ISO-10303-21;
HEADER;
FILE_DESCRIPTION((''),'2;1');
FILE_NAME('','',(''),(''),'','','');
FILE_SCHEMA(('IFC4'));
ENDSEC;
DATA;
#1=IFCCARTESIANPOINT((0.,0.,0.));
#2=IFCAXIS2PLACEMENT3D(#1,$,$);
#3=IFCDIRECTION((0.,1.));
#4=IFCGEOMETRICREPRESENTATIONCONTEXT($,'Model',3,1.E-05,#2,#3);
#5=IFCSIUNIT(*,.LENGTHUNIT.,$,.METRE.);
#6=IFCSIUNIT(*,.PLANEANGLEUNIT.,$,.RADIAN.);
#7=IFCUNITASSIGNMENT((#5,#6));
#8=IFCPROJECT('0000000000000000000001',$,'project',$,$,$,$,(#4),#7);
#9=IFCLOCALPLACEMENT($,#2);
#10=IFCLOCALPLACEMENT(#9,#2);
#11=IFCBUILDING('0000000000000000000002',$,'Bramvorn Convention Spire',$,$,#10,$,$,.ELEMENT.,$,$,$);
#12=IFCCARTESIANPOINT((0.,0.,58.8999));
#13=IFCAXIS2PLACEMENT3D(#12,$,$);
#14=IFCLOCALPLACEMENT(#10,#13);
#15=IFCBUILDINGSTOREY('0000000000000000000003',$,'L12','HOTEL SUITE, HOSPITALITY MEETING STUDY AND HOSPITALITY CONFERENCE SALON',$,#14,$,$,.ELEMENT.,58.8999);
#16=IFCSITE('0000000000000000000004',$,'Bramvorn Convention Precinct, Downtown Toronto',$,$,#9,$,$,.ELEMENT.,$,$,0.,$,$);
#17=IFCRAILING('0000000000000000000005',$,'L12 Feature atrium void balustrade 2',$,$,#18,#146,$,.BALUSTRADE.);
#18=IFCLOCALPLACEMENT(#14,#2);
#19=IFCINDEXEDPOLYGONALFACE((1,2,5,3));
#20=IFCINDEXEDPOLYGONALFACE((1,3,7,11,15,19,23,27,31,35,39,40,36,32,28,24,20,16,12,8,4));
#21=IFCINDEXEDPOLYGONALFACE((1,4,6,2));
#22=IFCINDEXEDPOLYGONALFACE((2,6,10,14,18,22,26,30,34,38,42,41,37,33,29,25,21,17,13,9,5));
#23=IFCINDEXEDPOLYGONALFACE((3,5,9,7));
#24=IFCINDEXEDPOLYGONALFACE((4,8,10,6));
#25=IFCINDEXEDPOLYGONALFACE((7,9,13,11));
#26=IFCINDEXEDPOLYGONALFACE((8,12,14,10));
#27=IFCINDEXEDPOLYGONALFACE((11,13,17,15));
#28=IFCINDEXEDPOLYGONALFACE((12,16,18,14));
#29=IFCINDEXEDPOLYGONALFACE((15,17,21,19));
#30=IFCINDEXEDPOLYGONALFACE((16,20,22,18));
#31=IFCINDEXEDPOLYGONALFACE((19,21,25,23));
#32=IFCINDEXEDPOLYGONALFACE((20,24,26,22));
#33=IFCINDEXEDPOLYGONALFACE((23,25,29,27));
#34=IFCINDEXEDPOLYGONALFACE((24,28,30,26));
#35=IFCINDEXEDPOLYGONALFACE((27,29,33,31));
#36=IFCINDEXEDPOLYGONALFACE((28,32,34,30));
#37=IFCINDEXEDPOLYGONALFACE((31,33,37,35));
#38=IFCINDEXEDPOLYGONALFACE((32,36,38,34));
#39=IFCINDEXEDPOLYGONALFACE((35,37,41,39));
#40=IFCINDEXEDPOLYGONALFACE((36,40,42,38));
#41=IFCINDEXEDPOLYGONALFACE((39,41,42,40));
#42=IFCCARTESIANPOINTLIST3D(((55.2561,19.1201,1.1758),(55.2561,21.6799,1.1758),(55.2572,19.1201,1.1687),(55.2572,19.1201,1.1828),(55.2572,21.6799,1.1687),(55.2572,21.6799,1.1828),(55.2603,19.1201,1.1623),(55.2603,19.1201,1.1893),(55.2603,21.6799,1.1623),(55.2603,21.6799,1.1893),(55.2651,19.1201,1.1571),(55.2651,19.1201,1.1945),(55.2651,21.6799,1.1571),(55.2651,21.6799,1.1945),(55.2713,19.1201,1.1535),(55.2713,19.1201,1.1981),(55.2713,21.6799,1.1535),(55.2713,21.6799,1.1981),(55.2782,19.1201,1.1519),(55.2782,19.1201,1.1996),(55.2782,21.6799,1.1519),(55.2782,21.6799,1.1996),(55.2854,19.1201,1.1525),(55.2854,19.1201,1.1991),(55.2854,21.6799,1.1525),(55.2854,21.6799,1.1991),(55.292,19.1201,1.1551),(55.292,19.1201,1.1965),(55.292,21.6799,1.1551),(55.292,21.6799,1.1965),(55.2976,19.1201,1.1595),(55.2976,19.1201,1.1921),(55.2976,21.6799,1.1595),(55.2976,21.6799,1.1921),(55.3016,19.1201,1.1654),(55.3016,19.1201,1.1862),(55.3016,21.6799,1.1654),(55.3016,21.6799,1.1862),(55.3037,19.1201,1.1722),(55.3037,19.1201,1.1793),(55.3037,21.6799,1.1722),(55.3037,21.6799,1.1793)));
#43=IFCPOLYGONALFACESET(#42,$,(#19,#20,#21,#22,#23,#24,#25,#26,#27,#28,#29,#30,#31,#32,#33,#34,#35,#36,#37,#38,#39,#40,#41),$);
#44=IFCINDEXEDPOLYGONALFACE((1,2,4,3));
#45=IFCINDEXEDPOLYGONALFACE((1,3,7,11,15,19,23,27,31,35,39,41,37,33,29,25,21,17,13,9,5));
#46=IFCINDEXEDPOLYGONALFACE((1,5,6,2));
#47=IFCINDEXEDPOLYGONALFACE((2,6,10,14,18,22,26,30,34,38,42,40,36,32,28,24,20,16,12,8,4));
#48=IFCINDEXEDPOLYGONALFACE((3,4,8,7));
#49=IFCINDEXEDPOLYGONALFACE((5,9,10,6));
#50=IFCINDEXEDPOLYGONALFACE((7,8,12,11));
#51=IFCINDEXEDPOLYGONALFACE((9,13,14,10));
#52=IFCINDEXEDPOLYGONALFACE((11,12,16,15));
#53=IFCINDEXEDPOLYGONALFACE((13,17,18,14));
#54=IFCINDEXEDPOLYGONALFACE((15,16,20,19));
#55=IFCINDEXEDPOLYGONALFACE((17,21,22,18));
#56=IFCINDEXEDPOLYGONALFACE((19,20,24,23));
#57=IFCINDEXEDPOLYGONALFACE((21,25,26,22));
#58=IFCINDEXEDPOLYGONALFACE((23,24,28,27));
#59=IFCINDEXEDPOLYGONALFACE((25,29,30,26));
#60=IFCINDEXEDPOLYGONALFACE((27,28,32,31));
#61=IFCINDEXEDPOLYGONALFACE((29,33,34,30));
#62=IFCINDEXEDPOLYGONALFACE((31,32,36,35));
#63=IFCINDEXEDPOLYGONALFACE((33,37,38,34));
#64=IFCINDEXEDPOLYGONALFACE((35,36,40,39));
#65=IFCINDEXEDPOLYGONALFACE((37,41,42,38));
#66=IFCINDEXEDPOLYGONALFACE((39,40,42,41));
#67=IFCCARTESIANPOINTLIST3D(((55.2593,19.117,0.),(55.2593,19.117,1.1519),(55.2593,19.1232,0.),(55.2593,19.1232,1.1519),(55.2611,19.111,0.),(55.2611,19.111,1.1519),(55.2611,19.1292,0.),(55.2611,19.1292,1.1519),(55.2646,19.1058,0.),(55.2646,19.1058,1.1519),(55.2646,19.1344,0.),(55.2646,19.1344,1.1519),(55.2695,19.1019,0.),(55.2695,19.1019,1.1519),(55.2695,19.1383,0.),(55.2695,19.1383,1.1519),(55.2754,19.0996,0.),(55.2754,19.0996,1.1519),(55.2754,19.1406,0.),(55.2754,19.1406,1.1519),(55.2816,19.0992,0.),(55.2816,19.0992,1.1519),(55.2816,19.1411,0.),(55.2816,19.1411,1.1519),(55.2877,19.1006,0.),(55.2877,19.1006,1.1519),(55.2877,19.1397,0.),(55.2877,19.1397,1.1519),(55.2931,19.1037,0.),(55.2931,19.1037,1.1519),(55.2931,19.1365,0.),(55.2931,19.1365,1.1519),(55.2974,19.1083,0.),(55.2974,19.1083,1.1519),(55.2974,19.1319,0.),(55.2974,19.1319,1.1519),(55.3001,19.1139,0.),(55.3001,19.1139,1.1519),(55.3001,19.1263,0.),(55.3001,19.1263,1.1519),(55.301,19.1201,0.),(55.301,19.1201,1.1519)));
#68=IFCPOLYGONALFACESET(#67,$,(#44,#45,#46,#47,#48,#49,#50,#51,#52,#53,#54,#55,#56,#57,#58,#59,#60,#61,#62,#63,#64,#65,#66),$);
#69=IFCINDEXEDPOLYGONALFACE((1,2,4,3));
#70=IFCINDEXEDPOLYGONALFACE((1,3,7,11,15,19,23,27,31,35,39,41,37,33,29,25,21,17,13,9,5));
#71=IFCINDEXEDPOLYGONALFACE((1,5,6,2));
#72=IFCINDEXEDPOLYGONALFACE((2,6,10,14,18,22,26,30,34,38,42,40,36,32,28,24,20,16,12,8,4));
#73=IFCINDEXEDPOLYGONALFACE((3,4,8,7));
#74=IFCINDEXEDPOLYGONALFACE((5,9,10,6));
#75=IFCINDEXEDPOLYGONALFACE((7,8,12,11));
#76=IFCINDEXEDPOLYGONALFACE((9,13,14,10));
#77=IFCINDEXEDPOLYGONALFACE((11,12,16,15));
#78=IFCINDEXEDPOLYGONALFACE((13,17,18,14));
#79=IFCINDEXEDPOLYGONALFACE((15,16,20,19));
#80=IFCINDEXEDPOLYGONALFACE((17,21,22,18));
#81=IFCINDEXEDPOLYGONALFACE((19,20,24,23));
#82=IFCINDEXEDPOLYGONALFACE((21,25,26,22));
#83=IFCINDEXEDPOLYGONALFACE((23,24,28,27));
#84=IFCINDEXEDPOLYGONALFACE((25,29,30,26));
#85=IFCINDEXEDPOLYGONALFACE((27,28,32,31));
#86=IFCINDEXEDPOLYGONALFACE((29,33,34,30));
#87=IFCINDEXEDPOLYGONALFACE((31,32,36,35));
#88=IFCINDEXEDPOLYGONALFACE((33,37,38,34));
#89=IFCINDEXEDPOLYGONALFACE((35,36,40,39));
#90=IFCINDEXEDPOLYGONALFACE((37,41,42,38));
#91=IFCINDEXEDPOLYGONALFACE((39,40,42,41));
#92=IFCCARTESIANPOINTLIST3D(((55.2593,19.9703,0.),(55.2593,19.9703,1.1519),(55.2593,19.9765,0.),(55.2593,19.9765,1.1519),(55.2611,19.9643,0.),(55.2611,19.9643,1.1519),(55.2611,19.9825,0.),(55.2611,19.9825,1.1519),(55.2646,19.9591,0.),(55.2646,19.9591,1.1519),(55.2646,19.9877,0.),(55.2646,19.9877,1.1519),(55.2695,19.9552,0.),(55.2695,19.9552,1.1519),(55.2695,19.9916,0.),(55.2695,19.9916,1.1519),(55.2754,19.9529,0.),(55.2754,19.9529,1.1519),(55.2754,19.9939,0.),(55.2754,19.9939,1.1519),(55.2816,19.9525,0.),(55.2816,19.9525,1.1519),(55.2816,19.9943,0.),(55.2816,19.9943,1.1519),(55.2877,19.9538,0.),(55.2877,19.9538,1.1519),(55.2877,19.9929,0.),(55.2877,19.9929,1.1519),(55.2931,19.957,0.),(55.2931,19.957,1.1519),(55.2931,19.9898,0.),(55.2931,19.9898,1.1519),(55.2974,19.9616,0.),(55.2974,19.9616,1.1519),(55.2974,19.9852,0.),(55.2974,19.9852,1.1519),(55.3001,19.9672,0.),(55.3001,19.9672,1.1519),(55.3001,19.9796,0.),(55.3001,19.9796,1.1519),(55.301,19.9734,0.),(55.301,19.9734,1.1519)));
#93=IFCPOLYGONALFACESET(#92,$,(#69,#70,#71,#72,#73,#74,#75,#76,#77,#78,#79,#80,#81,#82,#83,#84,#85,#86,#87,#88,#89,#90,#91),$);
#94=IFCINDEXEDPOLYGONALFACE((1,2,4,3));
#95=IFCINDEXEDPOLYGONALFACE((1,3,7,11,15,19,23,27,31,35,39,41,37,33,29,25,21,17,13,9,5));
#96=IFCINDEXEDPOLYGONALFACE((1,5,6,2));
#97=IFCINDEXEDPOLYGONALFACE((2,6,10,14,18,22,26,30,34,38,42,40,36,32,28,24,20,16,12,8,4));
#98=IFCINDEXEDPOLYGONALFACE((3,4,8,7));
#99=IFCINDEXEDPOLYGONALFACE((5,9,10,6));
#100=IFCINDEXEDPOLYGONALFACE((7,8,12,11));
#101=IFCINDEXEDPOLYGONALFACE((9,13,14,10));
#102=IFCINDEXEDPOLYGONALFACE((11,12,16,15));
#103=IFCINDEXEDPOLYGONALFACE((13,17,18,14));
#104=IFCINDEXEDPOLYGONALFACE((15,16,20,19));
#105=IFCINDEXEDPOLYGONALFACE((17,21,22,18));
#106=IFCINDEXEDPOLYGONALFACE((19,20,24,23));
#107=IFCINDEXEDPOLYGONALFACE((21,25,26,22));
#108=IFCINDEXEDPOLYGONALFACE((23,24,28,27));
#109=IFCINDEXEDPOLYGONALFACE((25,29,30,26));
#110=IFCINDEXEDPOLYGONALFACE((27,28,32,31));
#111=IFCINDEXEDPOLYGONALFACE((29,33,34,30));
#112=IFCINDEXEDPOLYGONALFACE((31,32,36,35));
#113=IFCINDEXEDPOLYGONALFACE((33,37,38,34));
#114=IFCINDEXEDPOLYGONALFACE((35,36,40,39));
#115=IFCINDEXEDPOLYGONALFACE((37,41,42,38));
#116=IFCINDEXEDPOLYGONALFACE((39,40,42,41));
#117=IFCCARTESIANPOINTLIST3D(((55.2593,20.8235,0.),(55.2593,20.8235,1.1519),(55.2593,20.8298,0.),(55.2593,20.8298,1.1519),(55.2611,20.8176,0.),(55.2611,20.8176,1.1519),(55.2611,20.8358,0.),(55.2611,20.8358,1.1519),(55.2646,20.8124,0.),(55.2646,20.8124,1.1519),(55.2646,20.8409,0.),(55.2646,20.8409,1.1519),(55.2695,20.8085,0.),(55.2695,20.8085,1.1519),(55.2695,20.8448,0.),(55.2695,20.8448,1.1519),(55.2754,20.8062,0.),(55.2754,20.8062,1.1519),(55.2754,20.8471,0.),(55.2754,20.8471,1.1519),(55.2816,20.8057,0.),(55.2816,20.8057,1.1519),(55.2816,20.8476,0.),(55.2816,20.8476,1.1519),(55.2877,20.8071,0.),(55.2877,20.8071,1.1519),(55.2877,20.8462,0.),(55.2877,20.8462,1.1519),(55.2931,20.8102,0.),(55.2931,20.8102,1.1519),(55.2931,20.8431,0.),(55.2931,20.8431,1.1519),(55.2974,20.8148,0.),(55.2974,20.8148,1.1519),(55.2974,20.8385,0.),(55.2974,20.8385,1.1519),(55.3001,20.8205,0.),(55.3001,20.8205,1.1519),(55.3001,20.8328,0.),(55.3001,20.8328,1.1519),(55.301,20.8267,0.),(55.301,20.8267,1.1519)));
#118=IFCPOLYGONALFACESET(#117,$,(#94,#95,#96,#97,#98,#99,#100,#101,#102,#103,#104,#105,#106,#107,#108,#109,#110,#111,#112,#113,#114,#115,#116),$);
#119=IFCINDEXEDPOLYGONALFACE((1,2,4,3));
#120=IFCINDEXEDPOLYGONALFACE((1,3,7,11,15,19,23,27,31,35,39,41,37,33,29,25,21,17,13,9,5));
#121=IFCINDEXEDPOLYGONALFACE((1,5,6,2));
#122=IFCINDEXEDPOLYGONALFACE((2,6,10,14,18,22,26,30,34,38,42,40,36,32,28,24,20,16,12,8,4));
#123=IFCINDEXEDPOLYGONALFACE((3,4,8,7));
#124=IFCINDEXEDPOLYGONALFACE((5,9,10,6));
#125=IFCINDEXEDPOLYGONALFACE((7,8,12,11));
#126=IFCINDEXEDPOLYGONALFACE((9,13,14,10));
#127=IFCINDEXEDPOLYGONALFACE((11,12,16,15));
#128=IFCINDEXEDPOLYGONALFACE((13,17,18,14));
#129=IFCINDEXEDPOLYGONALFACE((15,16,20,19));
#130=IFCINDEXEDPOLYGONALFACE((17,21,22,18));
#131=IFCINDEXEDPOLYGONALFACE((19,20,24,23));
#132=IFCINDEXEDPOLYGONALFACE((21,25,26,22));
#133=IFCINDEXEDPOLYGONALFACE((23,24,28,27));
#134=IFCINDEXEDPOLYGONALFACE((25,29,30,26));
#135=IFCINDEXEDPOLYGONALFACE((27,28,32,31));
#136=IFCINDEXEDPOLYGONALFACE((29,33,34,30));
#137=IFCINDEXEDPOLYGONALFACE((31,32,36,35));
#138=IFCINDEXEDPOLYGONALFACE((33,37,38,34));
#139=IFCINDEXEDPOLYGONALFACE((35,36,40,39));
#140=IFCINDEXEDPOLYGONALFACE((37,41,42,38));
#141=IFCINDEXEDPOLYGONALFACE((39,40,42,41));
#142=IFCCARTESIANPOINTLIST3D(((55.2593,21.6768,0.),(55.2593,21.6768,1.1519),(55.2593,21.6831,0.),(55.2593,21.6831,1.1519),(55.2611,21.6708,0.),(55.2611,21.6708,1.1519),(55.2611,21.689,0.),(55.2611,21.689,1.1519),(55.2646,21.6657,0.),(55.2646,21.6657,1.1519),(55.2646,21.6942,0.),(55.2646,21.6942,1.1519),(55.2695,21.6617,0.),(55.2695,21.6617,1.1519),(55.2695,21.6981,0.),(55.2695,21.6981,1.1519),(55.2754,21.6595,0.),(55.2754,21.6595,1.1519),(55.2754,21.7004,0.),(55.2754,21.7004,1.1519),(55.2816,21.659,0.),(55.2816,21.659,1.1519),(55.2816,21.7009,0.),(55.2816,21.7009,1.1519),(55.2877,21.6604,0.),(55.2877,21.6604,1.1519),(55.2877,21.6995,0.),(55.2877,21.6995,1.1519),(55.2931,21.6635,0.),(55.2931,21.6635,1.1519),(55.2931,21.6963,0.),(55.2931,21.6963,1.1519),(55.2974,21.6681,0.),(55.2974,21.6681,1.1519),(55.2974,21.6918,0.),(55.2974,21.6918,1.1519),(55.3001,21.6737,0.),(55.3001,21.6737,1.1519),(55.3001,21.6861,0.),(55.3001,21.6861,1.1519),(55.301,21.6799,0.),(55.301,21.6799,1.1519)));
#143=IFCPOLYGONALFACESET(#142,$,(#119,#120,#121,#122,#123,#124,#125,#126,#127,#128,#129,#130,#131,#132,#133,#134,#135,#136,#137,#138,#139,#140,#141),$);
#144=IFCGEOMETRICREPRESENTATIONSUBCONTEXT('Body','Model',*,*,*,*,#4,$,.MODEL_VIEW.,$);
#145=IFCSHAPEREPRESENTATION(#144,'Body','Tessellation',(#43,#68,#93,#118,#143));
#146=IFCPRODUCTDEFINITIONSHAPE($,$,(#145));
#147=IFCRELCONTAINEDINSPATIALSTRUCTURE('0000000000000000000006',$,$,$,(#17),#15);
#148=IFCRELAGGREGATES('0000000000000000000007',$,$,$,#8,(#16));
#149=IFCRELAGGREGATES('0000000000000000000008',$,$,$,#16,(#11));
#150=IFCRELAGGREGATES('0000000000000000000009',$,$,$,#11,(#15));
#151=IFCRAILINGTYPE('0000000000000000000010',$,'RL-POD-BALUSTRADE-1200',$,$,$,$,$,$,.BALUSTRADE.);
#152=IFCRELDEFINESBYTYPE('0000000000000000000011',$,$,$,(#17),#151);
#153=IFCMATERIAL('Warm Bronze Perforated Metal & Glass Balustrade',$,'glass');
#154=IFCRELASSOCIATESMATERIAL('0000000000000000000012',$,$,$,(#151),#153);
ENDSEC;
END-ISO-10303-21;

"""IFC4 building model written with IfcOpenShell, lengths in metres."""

from ifc_helpers import new_model, si_unit, direction, frame, origin, origin_2d, place, context, subcontext, project, spatial, circle, extrude, material, type_object, element, save


model = new_model("IFC4")

# Units and contexts
model_context = context("Model", 3, precision=1e-05, world=origin(), true_north=direction((0.0, 1.0)))
body_context = subcontext(model_context, "Body", "Model", "MODEL_VIEW")
ifc_project = project(units=[si_unit("LENGTHUNIT", "METRE"), si_unit("PLANEANGLEUNIT", "RADIAN")], contexts=[model_context])

# Site, building, storey
site_placement = place(None, origin())
site = spatial("IfcSite", under=ifc_project, at=site_placement, Name="Bramvorn Convention Precinct, Downtown Toronto", CompositionType="ELEMENT", RefElevation=0.0)
building_placement = place(site_placement, origin())
building = spatial("IfcBuilding", under=site, at=building_placement, Name="Bramvorn Convention Spire", CompositionType="ELEMENT")
storey_placement = place(building_placement, frame((0.0, 0.0, 58.8999)))
storey = spatial("IfcBuildingStorey", under=building, at=storey_placement, Name="L12", Description="HOTEL SUITE, HOSPITALITY MEETING STUDY AND HOSPITALITY CONFERENCE SALON", CompositionType="ELEMENT", Elevation=58.8999)

# Railing
ifc_material_1 = material(Name="Warm Bronze Perforated Metal & Glass Balustrade", Category="glass")
railing_type = type_object("IfcRailingType", Name="RL-POD-BALUSTRADE-1200", PredefinedType="BALUSTRADE", material=ifc_material_1)
railing_1_placement = place(storey_placement, frame((55.28, 19.1201, 0.0)))
element("IfcRailing", 1, at=railing_1_placement, inside=storey, type_object=railing_type, Name="L12 Feature atrium void balustrade 2", PredefinedType="BALUSTRADE", context=body_context, shape_type="SweptSolid", body=[
    extrude(circle(Radius=0.0239, at=origin_2d()), frame((0.0, 0.0, 1.1758), z_axis=(0.0, 1.0, 0.0), x_axis=(-1.0, 0.0, 0.0)), (0.0, 0.0, 1.0), 2.5598),
    extrude(circle(Radius=0.021, at=origin_2d()), origin(), (0.0, 0.0, 1.0), 1.1519),
    extrude(circle(Radius=0.021, at=origin_2d()), frame((0.0, 0.8533, 0.0)), (0.0, 0.0, 1.0), 1.1519),
    extrude(circle(Radius=0.021, at=origin_2d()), frame((0.0, 1.7065, 0.0)), (0.0, 0.0, 1.0), 1.1519),
    extrude(circle(Radius=0.021, at=origin_2d()), frame((0.0, 2.5598, 0.0)), (0.0, 0.0, 1.0), 1.1519),
])

save(model, "model.ifc")
